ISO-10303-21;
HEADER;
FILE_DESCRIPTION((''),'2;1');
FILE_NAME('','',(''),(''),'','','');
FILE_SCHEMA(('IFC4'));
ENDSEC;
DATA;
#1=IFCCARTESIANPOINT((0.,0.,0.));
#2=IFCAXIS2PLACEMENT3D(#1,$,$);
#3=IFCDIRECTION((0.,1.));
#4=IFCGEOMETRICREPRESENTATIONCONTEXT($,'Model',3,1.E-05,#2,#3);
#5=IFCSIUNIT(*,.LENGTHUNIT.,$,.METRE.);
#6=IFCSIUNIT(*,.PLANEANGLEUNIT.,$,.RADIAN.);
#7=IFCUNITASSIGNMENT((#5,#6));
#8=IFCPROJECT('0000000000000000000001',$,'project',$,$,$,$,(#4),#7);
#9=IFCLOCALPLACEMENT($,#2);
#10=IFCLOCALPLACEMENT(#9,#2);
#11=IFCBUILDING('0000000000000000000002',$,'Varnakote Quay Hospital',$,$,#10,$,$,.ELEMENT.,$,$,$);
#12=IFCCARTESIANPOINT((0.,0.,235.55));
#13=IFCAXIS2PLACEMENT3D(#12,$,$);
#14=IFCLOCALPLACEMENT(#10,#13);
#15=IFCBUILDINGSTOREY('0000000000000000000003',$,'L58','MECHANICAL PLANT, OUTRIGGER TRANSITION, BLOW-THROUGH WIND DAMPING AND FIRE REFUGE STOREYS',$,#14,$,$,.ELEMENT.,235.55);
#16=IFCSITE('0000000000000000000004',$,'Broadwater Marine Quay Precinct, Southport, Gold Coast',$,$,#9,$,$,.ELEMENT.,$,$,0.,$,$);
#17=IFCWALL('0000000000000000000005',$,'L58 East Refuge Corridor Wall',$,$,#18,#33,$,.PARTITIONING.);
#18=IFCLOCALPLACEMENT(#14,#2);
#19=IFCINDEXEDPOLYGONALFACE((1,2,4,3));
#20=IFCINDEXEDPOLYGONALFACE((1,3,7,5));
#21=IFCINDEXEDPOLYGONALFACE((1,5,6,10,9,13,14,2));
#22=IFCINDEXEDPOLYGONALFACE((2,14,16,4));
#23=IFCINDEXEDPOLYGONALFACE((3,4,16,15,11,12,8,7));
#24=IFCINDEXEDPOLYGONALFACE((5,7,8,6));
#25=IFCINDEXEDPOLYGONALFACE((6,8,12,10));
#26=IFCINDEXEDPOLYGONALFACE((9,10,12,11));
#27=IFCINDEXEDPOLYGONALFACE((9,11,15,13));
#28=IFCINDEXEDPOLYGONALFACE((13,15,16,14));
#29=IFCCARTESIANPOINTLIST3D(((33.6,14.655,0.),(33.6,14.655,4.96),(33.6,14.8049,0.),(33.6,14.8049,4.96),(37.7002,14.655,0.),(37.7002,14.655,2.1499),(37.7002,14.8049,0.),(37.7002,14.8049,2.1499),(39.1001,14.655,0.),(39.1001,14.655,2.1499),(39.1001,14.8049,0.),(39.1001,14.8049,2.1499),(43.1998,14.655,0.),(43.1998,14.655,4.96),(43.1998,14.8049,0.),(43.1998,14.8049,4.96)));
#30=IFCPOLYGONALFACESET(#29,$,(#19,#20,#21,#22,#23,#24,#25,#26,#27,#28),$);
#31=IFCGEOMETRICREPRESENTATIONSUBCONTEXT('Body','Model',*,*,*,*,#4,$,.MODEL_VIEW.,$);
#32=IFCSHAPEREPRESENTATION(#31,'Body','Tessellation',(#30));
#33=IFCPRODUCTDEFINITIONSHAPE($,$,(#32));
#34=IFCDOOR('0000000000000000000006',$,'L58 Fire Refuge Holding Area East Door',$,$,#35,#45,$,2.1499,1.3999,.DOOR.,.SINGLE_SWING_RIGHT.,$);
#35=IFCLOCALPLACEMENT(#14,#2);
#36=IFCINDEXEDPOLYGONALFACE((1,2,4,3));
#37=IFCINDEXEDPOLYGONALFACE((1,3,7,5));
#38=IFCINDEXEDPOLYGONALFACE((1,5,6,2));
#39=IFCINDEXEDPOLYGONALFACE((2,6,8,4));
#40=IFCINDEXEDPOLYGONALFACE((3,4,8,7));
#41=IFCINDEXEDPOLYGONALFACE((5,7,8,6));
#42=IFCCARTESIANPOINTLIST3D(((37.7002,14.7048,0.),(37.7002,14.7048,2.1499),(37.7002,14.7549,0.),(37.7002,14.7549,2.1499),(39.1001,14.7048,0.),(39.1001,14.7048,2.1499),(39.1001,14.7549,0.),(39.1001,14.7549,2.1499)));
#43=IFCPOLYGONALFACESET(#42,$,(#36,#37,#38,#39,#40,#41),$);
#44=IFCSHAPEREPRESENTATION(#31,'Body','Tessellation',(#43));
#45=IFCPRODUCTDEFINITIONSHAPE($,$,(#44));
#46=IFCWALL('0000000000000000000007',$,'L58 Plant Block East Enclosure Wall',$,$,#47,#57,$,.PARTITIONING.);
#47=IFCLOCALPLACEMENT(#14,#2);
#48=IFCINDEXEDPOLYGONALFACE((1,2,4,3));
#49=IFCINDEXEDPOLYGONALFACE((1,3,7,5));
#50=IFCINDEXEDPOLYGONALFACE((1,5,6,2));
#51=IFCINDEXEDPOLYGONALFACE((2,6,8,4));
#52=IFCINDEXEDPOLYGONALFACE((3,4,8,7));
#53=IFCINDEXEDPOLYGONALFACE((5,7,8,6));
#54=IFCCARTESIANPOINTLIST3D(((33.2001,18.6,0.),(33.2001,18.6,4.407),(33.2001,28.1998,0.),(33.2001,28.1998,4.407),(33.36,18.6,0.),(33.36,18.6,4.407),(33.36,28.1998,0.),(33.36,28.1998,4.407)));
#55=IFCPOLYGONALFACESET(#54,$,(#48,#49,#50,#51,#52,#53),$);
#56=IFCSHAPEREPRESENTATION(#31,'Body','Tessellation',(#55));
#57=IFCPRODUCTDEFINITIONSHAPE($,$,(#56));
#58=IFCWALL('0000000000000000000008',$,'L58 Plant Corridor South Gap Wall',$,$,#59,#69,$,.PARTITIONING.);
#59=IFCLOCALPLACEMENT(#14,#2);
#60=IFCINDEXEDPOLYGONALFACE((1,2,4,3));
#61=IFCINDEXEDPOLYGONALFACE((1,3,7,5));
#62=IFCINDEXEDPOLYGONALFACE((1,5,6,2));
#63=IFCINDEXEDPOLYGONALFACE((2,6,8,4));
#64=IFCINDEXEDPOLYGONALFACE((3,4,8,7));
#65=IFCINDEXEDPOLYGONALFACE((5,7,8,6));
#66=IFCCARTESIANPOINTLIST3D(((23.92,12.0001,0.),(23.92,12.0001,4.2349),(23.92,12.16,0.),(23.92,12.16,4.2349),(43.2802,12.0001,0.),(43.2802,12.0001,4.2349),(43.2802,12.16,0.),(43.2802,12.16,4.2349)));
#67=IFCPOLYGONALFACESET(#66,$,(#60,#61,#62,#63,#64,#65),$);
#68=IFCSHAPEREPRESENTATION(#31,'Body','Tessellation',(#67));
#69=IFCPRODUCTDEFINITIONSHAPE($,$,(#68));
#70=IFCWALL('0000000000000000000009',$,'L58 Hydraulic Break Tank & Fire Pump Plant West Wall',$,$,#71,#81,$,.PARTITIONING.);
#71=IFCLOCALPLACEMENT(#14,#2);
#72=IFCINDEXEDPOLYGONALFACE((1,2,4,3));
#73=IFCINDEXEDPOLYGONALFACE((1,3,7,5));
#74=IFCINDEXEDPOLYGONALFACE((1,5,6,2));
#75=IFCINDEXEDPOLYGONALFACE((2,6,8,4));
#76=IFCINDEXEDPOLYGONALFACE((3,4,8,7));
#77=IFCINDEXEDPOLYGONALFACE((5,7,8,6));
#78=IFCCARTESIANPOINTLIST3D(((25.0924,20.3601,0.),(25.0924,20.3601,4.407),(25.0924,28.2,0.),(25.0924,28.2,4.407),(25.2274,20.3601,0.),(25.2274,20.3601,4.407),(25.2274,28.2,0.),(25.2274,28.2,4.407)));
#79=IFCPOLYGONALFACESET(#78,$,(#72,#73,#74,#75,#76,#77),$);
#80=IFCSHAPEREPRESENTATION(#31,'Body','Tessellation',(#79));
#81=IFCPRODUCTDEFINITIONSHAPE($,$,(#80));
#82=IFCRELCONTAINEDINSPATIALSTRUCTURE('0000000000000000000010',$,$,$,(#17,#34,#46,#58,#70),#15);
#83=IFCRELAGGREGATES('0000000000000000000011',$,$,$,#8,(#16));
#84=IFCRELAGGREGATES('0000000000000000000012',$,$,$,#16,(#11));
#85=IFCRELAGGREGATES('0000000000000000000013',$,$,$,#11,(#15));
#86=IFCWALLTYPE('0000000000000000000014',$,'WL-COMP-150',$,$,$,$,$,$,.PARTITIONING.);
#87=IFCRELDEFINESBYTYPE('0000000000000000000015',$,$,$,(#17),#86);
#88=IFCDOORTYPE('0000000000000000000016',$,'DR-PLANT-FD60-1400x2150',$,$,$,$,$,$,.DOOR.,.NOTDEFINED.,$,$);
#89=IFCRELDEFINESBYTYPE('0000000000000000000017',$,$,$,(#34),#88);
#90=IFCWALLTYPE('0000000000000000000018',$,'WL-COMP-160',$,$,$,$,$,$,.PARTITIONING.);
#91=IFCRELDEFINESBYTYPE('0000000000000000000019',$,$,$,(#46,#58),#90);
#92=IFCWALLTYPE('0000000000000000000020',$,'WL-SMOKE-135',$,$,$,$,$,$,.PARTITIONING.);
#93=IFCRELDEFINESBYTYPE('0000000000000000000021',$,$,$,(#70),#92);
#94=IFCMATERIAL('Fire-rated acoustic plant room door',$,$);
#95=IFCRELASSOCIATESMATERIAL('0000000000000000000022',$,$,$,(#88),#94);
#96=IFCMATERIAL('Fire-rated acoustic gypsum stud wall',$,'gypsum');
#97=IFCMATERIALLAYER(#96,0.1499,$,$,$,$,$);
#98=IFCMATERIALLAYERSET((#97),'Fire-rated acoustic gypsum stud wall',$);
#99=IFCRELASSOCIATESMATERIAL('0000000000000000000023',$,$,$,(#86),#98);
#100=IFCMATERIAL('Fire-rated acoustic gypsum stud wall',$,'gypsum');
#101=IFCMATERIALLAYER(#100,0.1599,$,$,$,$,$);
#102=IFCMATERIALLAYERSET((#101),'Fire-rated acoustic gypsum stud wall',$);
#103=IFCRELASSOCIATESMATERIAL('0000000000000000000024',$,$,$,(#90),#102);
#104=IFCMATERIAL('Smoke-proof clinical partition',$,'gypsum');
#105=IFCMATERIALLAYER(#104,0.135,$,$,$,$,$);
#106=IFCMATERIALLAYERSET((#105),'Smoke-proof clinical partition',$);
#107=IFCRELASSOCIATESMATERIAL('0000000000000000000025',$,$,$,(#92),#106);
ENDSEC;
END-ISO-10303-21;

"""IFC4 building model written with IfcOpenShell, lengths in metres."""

from ifc_helpers import new_model, si_unit, direction, frame, frame_2d, origin, place, context, subcontext, project, spatial, rectangle, extrude, material, layer, layer_set, type_object, element, fill, save


model = new_model("IFC4")

# Units and contexts
model_context = context("Model", 3, precision=1e-05, world=origin(), true_north=direction((0.0, 1.0)))
body_context = subcontext(model_context, "Body", "Model", "MODEL_VIEW")
ifc_project = project(units=[si_unit("LENGTHUNIT", "METRE"), si_unit("PLANEANGLEUNIT", "RADIAN")], contexts=[model_context])

# Site, building, storey
site_placement = place(None, origin())
site = spatial("IfcSite", under=ifc_project, at=site_placement, Name="Broadwater Marine Quay Precinct, Southport, Gold Coast", CompositionType="ELEMENT", RefElevation=0.0)
building_placement = place(site_placement, origin())
building = spatial("IfcBuilding", under=site, at=building_placement, Name="Varnakote Quay Hospital", CompositionType="ELEMENT")
storey_placement = place(building_placement, frame((0.0, 0.0, 235.55)))
storey = spatial("IfcBuildingStorey", under=building, at=storey_placement, Name="L58", Description="MECHANICAL PLANT, OUTRIGGER TRANSITION, BLOW-THROUGH WIND DAMPING AND FIRE REFUGE STOREYS", CompositionType="ELEMENT", Elevation=235.55)

# Shared definitions
ifc_material_1 = material(Name="Fire-rated acoustic plant room door")
door_type = type_object("IfcDoorType", Name="DR-PLANT-FD60-1400x2150", OperationType="NOTDEFINED", PredefinedType="DOOR", material=ifc_material_1)

# Shared definitions
ifc_material_2 = material(Name="Fire-rated acoustic gypsum stud wall", Category="gypsum")
ifc_layer_1 = layer(ifc_material_2, 0.1499)
ifc_layer_set_1 = layer_set([ifc_layer_1], Name="Fire-rated acoustic gypsum stud wall")
wall_type_1 = type_object("IfcWallType", Name="WL-COMP-150", PredefinedType="PARTITIONING", material=ifc_layer_set_1)

# Wall, opening, door
wall_1_placement = place(storey_placement, frame((33.6001, 14.73, 0.0), z_axis=(0.0, 0.0, 1.0), x_axis=(1.0, 0.0, 0.0)))
wall_1 = element("IfcWall", 1, at=wall_1_placement, inside=storey, type_object=wall_type_1, Name="L58 East Refuge Corridor Wall", PredefinedType="PARTITIONING", context=body_context, shape_type="SweptSolid", body=[
    extrude(rectangle(XDim=9.5999, YDim=0.1499, at=frame_2d((4.7998, 0.0))), origin(), (0.0, 0.0, 1.0), 4.96),
])
opening_1_placement = place(wall_1_placement, frame((4.1001, 0.0, 0.0)))
opening_1 = element("IfcOpeningElement", 2, at=opening_1_placement, cuts=wall_1, PredefinedType="OPENING", context=body_context, shape_type="SweptSolid", body=[
    extrude(rectangle(XDim=1.3999, YDim=2.1499, at=frame_2d((0.7, 1.075))), frame((0.0, 0.085, 0.0), z_axis=(0.0, -1.0, 0.0), x_axis=(1.0, 0.0, 0.0)), (0.0, 0.0, 1.0), 0.1699),
])
door_1_placement = place(opening_1_placement, origin())
door_1 = element("IfcDoor", 3, at=door_1_placement, inside=storey, type_object=door_type, Name="L58 Fire Refuge Holding Area East Door", OperationType="SINGLE_SWING_RIGHT", OverallHeight=2.1499, OverallWidth=1.3999, PredefinedType="DOOR", context=body_context, shape_type="SweptSolid", body=[
    extrude(rectangle(XDim=1.3999, YDim=2.1499, at=frame_2d((0.7, 1.075))), frame((0.0, 0.0249, 0.0), z_axis=(0.0, -1.0, 0.0), x_axis=(1.0, 0.0, 0.0)), (0.0, 0.0, 1.0), 0.05),
])
fill(opening_1, door_1)

# Walls
ifc_material_3 = material(Name="Fire-rated acoustic gypsum stud wall", Category="gypsum")
ifc_layer_2 = layer(ifc_material_3, 0.1599)
ifc_layer_set_2 = layer_set([ifc_layer_2], Name="Fire-rated acoustic gypsum stud wall")
wall_type_2 = type_object("IfcWallType", Name="WL-COMP-160", PredefinedType="PARTITIONING", material=ifc_layer_set_2)
wall_2_placement = place(storey_placement, frame((33.28, 18.6001, 0.0), z_axis=(0.0, 0.0, 1.0), x_axis=(0.0, 1.0, 0.0)))
element("IfcWall", 4, at=wall_2_placement, inside=storey, type_object=wall_type_2, Name="L58 Plant Block East Enclosure Wall", PredefinedType="PARTITIONING", context=body_context, shape_type="SweptSolid", body=[
    extrude(rectangle(XDim=9.5999, YDim=0.1599, at=frame_2d((4.7998, 0.0))), origin(), (0.0, 0.0, 1.0), 4.407),
])
wall_3_placement = place(storey_placement, frame((23.9199, 12.0801, 0.0), z_axis=(0.0, 0.0, 1.0), x_axis=(1.0, 0.0, 0.0)))
element("IfcWall", 5, at=wall_3_placement, inside=storey, type_object=wall_type_2, Name="L58 Plant Corridor South Gap Wall", PredefinedType="PARTITIONING", context=body_context, shape_type="SweptSolid", body=[
    extrude(rectangle(XDim=19.3601, YDim=0.1599, at=frame_2d((9.6802, 0.0))), origin(), (0.0, 0.0, 1.0), 4.2349),
])
ifc_material_4 = material(Name="Smoke-proof clinical partition", Category="gypsum")
ifc_layer_3 = layer(ifc_material_4, 0.135)
ifc_layer_set_3 = layer_set([ifc_layer_3], Name="Smoke-proof clinical partition")
wall_type_3 = type_object("IfcWallType", Name="WL-SMOKE-135", PredefinedType="PARTITIONING", material=ifc_layer_set_3)
wall_4_placement = place(storey_placement, frame((25.1599, 20.3601, 0.0), z_axis=(0.0, 0.0, 1.0), x_axis=(0.0, 1.0, 0.0)))
element("IfcWall", 6, at=wall_4_placement, inside=storey, type_object=wall_type_3, Name="L58 Hydraulic Break Tank & Fire Pump Plant West Wall", PredefinedType="PARTITIONING", context=body_context, shape_type="SweptSolid", body=[
    extrude(rectangle(XDim=7.8398, YDim=0.135, at=frame_2d((3.9199, 0.0))), origin(), (0.0, 0.0, 1.0), 4.407),
])

save(model, "model.ifc")
